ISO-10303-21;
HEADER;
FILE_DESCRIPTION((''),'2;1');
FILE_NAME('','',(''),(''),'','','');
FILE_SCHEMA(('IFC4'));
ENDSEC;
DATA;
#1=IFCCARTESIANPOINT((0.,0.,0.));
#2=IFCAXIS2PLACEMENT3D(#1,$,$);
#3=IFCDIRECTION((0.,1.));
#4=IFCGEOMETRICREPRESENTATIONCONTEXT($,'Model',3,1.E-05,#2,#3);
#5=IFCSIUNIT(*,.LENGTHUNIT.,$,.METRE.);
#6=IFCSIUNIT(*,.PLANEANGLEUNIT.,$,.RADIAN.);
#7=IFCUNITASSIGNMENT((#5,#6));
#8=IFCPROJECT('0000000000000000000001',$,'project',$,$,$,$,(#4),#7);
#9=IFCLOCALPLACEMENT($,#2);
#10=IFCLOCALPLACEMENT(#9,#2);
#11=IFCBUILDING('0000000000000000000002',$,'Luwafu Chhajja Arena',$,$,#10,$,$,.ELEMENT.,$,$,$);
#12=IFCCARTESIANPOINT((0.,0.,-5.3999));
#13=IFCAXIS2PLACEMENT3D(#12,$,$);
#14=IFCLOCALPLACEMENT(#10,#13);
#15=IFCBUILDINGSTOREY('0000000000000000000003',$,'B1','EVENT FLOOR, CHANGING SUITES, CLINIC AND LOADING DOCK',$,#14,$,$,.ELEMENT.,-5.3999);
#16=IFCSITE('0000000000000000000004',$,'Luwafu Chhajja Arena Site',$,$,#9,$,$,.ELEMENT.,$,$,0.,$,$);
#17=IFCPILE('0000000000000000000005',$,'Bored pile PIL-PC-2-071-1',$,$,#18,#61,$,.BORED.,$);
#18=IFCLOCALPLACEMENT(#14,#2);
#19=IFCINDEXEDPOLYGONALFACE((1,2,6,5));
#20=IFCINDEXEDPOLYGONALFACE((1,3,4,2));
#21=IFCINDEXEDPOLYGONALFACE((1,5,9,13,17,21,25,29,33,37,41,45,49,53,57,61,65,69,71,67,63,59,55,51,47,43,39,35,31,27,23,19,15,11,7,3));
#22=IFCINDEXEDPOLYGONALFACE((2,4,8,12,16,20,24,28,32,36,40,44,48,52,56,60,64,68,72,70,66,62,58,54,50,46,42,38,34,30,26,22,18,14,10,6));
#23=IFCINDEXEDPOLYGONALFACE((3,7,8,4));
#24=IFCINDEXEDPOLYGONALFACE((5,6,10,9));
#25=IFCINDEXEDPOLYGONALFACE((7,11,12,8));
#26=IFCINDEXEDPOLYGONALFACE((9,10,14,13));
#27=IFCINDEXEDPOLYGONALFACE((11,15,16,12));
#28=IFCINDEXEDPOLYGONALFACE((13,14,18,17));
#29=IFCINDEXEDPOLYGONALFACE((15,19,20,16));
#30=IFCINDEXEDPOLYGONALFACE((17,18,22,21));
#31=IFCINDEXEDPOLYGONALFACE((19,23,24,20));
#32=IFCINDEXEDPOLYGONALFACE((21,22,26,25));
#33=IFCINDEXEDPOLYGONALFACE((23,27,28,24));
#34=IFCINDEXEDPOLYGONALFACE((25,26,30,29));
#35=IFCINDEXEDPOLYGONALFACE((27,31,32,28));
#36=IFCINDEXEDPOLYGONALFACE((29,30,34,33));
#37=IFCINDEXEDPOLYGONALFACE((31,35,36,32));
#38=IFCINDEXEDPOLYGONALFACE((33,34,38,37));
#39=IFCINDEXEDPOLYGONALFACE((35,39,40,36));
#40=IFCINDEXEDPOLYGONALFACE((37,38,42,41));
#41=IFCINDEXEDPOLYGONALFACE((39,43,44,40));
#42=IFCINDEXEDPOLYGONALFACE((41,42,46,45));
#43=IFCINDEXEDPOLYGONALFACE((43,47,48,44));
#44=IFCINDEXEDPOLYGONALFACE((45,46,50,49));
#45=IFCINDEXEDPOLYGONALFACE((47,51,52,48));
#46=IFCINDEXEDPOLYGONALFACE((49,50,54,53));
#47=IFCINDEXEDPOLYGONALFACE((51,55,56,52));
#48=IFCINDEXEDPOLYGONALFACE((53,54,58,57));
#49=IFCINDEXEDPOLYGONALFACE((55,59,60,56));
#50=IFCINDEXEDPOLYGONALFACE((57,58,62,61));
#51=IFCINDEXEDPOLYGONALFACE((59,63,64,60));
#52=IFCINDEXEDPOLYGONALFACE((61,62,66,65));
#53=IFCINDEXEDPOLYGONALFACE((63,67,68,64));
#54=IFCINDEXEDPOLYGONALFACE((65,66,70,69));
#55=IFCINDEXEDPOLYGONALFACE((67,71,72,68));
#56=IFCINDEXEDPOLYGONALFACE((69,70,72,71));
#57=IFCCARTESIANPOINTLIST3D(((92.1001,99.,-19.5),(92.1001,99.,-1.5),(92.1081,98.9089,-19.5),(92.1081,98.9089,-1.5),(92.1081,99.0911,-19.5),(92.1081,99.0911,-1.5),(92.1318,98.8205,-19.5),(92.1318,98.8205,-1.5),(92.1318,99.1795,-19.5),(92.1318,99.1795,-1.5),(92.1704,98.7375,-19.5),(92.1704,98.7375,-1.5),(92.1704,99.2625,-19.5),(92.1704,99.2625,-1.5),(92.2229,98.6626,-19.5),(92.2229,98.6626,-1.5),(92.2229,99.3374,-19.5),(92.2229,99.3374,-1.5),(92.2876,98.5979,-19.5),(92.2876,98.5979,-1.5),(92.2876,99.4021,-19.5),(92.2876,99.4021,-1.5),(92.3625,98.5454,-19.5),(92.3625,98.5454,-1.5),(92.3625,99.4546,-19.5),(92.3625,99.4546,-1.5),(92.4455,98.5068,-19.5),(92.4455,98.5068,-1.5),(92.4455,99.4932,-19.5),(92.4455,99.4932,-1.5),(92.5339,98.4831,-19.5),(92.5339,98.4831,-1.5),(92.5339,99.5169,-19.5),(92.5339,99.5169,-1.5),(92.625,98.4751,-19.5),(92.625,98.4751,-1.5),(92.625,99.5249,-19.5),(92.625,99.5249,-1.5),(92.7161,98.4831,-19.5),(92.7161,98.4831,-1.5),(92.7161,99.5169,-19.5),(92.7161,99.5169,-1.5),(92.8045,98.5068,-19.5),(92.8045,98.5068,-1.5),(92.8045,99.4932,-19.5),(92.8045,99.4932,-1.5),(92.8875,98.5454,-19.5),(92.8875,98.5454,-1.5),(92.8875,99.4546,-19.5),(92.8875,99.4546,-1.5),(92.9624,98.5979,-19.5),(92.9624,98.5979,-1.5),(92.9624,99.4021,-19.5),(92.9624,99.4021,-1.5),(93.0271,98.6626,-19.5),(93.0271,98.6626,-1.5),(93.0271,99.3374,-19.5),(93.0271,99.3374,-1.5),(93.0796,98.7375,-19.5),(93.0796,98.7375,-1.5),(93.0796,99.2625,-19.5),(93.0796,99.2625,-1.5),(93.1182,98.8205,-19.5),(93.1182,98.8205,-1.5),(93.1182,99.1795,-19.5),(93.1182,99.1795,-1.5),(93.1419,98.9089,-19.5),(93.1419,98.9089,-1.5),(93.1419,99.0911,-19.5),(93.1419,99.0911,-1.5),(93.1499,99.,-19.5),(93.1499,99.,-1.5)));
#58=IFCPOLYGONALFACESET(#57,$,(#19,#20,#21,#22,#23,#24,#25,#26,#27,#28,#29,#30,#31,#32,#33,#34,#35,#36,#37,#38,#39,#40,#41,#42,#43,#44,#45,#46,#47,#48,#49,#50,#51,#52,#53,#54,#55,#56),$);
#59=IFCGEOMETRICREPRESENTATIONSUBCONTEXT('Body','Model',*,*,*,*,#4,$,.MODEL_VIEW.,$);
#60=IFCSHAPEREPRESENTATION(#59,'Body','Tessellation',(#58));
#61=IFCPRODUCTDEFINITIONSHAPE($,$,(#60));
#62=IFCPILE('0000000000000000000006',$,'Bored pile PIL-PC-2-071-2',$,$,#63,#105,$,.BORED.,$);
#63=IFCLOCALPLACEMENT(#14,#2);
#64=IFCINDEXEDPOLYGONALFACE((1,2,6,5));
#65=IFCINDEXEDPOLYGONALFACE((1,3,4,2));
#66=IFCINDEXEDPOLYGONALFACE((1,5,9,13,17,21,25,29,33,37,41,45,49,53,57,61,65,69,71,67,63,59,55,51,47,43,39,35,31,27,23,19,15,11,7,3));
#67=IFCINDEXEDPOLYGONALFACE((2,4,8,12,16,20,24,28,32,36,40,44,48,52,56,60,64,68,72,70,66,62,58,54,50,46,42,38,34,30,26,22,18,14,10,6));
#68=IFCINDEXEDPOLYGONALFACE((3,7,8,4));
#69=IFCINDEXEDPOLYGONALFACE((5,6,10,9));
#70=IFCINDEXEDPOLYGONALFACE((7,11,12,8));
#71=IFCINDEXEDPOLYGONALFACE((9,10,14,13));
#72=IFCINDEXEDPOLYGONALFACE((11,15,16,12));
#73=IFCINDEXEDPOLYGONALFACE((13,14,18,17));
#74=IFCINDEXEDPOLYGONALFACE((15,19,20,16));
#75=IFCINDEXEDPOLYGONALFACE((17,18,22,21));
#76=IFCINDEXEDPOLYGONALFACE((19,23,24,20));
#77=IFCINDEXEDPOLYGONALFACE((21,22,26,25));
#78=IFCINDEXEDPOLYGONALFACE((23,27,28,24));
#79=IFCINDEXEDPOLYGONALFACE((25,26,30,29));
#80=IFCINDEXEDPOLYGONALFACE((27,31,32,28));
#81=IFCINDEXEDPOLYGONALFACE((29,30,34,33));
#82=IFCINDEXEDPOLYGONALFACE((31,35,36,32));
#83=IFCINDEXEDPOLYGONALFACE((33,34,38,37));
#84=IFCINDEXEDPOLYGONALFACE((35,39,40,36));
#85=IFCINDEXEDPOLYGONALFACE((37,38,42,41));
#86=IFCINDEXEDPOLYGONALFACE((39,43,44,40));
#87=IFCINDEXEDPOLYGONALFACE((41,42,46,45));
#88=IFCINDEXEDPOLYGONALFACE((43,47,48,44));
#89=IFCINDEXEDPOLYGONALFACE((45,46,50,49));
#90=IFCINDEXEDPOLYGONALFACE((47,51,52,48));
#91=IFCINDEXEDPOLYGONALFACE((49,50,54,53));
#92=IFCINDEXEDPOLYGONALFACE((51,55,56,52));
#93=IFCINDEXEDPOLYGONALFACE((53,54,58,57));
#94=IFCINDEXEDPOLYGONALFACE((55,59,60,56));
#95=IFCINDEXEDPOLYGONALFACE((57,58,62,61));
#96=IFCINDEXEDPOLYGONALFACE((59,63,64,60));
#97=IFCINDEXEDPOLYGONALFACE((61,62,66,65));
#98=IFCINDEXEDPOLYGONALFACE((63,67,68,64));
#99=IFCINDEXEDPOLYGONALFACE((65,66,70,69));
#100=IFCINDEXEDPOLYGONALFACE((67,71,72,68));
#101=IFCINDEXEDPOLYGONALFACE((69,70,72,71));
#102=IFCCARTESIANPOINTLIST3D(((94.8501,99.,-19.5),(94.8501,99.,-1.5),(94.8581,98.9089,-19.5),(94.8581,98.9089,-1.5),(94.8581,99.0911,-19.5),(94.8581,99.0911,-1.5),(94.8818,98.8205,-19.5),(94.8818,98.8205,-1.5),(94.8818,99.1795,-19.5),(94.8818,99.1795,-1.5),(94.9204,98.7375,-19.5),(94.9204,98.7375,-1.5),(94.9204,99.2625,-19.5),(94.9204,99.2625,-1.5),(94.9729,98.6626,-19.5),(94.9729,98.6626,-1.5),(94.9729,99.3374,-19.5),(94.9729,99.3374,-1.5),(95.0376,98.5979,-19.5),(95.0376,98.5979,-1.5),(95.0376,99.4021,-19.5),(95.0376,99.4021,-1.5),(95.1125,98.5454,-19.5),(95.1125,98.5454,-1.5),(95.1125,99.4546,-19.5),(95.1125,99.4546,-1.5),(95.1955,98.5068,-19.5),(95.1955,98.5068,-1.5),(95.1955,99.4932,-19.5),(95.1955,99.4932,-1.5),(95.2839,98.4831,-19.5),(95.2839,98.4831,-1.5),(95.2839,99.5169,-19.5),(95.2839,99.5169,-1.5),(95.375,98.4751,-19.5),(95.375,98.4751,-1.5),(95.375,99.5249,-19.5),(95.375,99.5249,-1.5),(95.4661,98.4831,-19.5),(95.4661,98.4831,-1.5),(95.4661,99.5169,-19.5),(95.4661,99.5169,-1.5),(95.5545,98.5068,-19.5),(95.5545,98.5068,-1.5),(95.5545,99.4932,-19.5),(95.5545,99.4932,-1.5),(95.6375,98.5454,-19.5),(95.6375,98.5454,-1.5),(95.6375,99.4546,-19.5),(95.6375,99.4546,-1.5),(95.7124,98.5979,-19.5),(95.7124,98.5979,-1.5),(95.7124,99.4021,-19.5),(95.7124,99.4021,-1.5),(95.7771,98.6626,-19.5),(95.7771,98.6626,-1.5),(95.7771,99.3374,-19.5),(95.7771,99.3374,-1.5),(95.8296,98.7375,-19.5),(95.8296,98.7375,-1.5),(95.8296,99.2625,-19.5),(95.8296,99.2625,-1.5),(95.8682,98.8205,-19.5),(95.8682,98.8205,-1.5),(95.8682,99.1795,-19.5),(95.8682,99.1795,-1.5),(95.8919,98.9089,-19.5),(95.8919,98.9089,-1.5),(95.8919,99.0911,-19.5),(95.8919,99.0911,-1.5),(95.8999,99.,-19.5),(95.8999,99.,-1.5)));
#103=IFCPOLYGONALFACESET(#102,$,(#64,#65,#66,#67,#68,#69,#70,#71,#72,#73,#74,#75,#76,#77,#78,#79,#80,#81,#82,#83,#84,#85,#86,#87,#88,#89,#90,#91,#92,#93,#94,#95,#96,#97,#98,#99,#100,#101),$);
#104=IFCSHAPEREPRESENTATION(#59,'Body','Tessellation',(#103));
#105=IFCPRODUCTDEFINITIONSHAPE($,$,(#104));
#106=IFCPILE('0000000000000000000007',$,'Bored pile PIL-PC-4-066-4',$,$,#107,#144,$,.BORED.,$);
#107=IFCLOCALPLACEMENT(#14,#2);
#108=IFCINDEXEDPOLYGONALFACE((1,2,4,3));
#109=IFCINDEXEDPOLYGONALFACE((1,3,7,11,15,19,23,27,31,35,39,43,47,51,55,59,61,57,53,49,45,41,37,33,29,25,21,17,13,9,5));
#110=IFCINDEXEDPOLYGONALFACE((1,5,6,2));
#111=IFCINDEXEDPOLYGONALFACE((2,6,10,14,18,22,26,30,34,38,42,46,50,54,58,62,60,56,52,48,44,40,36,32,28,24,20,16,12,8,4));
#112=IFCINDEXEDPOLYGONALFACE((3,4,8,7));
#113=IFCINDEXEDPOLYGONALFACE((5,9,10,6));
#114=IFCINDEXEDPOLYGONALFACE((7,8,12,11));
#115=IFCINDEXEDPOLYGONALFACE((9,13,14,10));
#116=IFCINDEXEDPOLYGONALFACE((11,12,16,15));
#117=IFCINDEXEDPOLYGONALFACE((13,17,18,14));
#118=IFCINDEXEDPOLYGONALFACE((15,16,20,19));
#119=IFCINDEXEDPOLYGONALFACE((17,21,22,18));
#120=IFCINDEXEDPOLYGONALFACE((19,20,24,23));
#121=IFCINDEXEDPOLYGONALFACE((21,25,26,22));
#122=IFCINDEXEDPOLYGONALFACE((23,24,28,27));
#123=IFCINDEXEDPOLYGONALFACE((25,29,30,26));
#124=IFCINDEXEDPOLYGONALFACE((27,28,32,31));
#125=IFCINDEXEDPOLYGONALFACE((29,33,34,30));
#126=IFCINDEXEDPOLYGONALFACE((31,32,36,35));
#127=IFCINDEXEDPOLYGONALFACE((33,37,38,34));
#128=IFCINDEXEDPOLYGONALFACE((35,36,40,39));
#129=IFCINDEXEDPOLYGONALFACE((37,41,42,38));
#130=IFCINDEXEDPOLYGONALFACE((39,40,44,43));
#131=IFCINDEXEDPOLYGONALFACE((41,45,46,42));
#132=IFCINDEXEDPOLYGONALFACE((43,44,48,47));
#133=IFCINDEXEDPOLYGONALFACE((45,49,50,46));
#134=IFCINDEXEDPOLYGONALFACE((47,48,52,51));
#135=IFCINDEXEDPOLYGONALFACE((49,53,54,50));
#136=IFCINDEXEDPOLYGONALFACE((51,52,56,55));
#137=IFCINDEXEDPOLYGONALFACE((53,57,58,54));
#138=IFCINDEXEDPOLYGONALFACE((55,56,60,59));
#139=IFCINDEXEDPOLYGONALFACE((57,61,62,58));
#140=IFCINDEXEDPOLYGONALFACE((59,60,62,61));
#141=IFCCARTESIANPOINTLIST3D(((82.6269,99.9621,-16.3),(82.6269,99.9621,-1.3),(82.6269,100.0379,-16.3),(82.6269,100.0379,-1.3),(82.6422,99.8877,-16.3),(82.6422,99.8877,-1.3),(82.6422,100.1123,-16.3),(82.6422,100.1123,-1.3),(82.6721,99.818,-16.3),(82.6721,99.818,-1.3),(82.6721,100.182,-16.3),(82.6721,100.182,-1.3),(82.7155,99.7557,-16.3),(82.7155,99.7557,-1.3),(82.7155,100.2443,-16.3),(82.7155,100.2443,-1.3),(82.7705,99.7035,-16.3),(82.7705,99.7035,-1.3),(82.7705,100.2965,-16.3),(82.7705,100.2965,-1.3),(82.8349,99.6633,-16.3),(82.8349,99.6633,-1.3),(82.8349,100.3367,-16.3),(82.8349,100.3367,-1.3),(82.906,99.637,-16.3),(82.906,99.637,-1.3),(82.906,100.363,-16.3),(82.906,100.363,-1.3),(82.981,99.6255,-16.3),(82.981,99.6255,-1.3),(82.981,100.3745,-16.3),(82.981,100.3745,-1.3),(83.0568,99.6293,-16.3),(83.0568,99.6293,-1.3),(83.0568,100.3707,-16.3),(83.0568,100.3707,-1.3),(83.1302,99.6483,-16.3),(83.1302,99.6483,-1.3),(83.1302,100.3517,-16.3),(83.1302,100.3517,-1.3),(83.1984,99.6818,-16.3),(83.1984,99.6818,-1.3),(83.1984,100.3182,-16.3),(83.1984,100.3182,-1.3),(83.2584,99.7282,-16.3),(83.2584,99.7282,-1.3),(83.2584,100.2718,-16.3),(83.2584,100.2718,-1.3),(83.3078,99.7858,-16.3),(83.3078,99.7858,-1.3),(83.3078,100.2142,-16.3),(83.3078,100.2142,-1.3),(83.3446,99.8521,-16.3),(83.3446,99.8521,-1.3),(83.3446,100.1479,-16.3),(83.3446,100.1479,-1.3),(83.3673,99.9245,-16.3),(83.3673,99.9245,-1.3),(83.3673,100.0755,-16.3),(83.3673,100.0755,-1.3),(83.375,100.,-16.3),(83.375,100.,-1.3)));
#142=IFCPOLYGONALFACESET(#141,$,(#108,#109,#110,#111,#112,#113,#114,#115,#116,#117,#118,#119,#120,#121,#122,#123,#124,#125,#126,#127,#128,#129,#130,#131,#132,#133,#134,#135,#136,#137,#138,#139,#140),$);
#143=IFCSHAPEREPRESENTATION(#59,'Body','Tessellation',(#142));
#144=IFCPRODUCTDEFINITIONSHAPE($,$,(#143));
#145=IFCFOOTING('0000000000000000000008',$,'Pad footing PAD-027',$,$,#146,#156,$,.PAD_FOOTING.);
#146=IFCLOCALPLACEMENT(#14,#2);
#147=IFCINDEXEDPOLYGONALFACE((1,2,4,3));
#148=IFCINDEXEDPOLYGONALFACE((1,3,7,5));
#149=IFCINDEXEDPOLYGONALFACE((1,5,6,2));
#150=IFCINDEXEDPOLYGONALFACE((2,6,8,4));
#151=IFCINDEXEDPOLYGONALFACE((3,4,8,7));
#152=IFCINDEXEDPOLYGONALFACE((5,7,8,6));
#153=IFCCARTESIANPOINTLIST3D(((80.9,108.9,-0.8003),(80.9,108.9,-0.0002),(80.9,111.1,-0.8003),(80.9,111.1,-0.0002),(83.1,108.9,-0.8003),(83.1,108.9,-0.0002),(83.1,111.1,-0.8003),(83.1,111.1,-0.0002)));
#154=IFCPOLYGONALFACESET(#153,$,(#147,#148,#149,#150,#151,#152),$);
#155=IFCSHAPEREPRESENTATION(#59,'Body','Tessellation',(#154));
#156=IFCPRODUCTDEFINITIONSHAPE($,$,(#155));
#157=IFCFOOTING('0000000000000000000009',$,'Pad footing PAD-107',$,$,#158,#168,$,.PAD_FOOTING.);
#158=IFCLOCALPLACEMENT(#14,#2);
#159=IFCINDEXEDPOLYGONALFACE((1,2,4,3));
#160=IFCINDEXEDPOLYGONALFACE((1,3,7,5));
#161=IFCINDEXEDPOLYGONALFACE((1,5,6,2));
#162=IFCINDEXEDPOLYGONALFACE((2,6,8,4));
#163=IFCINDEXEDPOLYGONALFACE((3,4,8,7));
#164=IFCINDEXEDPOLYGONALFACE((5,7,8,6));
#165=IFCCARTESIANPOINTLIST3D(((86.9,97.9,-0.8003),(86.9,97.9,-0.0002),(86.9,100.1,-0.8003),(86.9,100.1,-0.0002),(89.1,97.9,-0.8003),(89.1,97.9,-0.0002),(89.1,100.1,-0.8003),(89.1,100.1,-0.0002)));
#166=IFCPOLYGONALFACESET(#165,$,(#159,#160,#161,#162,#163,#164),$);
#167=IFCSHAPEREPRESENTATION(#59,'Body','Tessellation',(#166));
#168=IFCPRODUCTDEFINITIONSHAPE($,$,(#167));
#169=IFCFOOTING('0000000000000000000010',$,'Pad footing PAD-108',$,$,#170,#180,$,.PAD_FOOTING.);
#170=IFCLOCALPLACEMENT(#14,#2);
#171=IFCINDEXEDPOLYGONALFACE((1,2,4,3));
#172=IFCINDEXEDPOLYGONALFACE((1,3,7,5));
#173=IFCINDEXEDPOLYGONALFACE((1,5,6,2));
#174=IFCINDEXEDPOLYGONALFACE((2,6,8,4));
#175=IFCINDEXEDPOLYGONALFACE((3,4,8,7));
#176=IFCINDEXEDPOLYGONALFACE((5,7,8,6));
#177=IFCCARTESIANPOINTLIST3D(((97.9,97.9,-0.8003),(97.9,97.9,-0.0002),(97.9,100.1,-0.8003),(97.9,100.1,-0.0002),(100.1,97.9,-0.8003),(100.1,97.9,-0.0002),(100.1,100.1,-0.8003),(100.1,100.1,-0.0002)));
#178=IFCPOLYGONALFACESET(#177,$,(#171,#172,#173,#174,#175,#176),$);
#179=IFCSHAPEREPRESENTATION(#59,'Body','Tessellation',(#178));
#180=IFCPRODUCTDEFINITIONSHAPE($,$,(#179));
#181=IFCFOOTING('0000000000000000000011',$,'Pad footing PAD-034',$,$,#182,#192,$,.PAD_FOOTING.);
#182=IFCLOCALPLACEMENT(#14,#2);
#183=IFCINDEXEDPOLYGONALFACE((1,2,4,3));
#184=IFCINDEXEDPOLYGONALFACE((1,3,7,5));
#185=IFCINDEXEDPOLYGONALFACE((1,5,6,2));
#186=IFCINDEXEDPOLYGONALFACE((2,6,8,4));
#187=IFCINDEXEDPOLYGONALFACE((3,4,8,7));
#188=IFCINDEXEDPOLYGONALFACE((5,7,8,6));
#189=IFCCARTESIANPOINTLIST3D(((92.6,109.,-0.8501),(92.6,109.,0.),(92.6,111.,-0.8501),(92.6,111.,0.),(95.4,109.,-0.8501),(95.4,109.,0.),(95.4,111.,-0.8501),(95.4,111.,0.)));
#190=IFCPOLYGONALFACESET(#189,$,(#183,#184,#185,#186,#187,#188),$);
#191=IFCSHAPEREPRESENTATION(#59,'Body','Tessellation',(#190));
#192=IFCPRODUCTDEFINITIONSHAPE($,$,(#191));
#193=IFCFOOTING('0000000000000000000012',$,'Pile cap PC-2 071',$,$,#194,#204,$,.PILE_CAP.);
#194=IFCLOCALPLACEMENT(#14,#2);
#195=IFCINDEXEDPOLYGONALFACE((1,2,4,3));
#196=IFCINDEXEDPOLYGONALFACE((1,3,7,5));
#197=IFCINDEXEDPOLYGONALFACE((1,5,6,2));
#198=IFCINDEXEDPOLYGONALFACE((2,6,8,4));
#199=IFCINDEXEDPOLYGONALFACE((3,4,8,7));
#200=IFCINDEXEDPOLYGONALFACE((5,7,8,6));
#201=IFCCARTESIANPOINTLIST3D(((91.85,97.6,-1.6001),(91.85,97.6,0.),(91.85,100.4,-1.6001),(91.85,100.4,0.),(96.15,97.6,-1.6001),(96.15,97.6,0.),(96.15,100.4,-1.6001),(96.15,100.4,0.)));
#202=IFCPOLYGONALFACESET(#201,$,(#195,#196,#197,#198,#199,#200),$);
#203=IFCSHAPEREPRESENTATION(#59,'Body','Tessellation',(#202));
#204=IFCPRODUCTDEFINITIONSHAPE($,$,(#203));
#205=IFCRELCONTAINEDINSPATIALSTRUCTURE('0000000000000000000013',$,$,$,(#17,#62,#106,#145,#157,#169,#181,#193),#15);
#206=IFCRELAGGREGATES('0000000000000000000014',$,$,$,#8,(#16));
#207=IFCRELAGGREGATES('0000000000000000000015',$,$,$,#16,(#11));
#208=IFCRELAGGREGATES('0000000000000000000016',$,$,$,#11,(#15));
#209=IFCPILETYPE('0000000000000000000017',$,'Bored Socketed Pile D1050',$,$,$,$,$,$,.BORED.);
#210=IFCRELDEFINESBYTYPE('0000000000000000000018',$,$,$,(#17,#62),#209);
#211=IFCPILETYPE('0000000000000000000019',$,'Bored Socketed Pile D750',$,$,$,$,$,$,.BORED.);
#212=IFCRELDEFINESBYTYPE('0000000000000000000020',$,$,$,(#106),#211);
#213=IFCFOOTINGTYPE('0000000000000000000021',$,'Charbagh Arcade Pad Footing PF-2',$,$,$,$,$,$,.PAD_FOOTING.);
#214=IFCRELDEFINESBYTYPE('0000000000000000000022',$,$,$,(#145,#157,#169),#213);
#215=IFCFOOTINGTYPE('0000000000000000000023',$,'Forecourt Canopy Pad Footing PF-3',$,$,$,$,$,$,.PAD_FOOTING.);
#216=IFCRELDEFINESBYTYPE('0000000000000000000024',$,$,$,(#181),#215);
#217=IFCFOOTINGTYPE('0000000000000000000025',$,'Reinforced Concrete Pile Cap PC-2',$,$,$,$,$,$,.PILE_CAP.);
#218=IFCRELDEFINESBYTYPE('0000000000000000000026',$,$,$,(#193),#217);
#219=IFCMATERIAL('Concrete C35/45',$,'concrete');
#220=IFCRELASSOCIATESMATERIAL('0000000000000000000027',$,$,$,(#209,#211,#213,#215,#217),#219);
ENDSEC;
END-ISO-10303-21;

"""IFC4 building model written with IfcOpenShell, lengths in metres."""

from ifc_helpers import new_model, si_unit, direction, frame, origin, origin_2d, place, context, subcontext, project, spatial, rectangle, circle, extrude, material, material_profile, profile_set, type_object, element, save


model = new_model("IFC4")

# Units and contexts
model_context = context("Model", 3, precision=1e-05, world=origin(), true_north=direction((0.0, 1.0)))
body_context = subcontext(model_context, "Body", "Model", "MODEL_VIEW")
ifc_project = project(units=[si_unit("LENGTHUNIT", "METRE"), si_unit("PLANEANGLEUNIT", "RADIAN")], contexts=[model_context])

# Site, building, storey
site_placement = place(None, origin())
site = spatial("IfcSite", under=ifc_project, at=site_placement, Name="Luwafu Chhajja Arena Site", CompositionType="ELEMENT", RefElevation=0.0)
building_placement = place(site_placement, origin())
building = spatial("IfcBuilding", under=site, at=building_placement, Name="Luwafu Chhajja Arena", CompositionType="ELEMENT")
storey_placement = place(building_placement, frame((0.0, 0.0, -5.3999)))
storey = spatial("IfcBuildingStorey", under=building, at=storey_placement, Name="B1", Description="EVENT FLOOR, CHANGING SUITES, CLINIC AND LOADING DOCK", CompositionType="ELEMENT", Elevation=-5.3999)

# Piles
ifc_material_1 = material(Name="Concrete C35/45", Category="concrete")
ifc_material_profile_1 = material_profile(ifc_material_1, circle(Radius=0.5249, at=origin_2d()), Name="PILE D1050")
ifc_profile_set_1 = profile_set([ifc_material_profile_1], Name="Concrete C35/45")
pile_type_1 = type_object("IfcPileType", Name="Bored Socketed Pile D1050", PredefinedType="BORED", material=ifc_profile_set_1)
for number, where, z_axis, x_axis, name in (
    (1, (92.625, 99.0, -1.5), (0.0, 0.0, -1.0), (1.0, 0.0, 0.0), "Bored pile PIL-PC-2-071-1"),
    (2, (95.375, 99.0, -1.5), (0.0, 0.0, -1.0), (1.0, 0.0, 0.0), "Bored pile PIL-PC-2-071-2"),
):
    element("IfcPile", number, at=place(storey_placement, frame(where, z_axis=z_axis, x_axis=x_axis)), inside=storey, type_object=pile_type_1, Name=name, PredefinedType="BORED", context=body_context, shape_type="SweptSolid", body=[
        extrude(circle(Radius=0.5249, at=origin_2d()), origin(), (0.0, 0.0, 1.0), 18.0),
    ])
ifc_material_profile_2 = material_profile(ifc_material_1, circle(Radius=0.375, at=origin_2d()), Name="PILE D750")
ifc_profile_set_2 = profile_set([ifc_material_profile_2], Name="Concrete C35/45")
pile_type_2 = type_object("IfcPileType", Name="Bored Socketed Pile D750", PredefinedType="BORED", material=ifc_profile_set_2)
pile_placement = place(storey_placement, frame((83.0, 100.0, -1.3), z_axis=(0.0, 0.0, -1.0), x_axis=(1.0, 0.0, 0.0)))
element("IfcPile", 3, at=pile_placement, inside=storey, type_object=pile_type_2, Name="Bored pile PIL-PC-4-066-4", PredefinedType="BORED", context=body_context, shape_type="SweptSolid", body=[
    extrude(circle(Radius=0.375, at=origin_2d()), origin(), (0.0, 0.0, 1.0), 15.0),
])

# Footings
footing_type_1 = type_object("IfcFootingType", Name="Charbagh Arcade Pad Footing PF-2", PredefinedType="PAD_FOOTING", material=ifc_material_1)
for number, where, z_axis, x_axis, name in (
    (4, (82.0, 110.0, -0.8003), (0.0, 0.0, 1.0), (1.0, 0.0, 0.0), "Pad footing PAD-027"),
    (5, (88.0, 99.0, -0.8003), (0.0, 0.0, 1.0), (1.0, 0.0, 0.0), "Pad footing PAD-107"),
    (6, (99.0, 99.0, -0.8003), (0.0, 0.0, 1.0), (1.0, 0.0, 0.0), "Pad footing PAD-108"),
):
    element("IfcFooting", number, at=place(storey_placement, frame(where, z_axis=z_axis, x_axis=x_axis)), inside=storey, type_object=footing_type_1, Name=name, PredefinedType="PAD_FOOTING", context=body_context, shape_type="SweptSolid", body=[
        extrude(rectangle(XDim=2.2, YDim=2.2, at=origin_2d()), origin(), (0.0, 0.0, 1.0), 0.8),
    ])
footing_type_2 = type_object("IfcFootingType", Name="Forecourt Canopy Pad Footing PF-3", PredefinedType="PAD_FOOTING", material=ifc_material_1)
footing_1_placement = place(storey_placement, frame((94.0, 110.0, -0.8501), z_axis=(0.0, 0.0, 1.0), x_axis=(1.0, 0.0, 0.0)))
element("IfcFooting", 7, at=footing_1_placement, inside=storey, type_object=footing_type_2, Name="Pad footing PAD-034", PredefinedType="PAD_FOOTING", context=body_context, shape_type="SweptSolid", body=[
    extrude(rectangle(XDim=2.8, YDim=2.0, at=origin_2d()), origin(), (0.0, 0.0, 1.0), 0.8501),
])
footing_type_3 = type_object("IfcFootingType", Name="Reinforced Concrete Pile Cap PC-2", PredefinedType="PILE_CAP", material=ifc_material_1)
footing_2_placement = place(storey_placement, frame((94.0, 99.0, -1.6001), z_axis=(0.0, 0.0, 1.0), x_axis=(1.0, 0.0, 0.0)))
element("IfcFooting", 8, at=footing_2_placement, inside=storey, type_object=footing_type_3, Name="Pile cap PC-2 071", PredefinedType="PILE_CAP", context=body_context, shape_type="SweptSolid", body=[
    extrude(rectangle(XDim=4.3, YDim=2.8, at=origin_2d()), origin(), (0.0, 0.0, 1.0), 1.6001),
])

save(model, "model.ifc")
